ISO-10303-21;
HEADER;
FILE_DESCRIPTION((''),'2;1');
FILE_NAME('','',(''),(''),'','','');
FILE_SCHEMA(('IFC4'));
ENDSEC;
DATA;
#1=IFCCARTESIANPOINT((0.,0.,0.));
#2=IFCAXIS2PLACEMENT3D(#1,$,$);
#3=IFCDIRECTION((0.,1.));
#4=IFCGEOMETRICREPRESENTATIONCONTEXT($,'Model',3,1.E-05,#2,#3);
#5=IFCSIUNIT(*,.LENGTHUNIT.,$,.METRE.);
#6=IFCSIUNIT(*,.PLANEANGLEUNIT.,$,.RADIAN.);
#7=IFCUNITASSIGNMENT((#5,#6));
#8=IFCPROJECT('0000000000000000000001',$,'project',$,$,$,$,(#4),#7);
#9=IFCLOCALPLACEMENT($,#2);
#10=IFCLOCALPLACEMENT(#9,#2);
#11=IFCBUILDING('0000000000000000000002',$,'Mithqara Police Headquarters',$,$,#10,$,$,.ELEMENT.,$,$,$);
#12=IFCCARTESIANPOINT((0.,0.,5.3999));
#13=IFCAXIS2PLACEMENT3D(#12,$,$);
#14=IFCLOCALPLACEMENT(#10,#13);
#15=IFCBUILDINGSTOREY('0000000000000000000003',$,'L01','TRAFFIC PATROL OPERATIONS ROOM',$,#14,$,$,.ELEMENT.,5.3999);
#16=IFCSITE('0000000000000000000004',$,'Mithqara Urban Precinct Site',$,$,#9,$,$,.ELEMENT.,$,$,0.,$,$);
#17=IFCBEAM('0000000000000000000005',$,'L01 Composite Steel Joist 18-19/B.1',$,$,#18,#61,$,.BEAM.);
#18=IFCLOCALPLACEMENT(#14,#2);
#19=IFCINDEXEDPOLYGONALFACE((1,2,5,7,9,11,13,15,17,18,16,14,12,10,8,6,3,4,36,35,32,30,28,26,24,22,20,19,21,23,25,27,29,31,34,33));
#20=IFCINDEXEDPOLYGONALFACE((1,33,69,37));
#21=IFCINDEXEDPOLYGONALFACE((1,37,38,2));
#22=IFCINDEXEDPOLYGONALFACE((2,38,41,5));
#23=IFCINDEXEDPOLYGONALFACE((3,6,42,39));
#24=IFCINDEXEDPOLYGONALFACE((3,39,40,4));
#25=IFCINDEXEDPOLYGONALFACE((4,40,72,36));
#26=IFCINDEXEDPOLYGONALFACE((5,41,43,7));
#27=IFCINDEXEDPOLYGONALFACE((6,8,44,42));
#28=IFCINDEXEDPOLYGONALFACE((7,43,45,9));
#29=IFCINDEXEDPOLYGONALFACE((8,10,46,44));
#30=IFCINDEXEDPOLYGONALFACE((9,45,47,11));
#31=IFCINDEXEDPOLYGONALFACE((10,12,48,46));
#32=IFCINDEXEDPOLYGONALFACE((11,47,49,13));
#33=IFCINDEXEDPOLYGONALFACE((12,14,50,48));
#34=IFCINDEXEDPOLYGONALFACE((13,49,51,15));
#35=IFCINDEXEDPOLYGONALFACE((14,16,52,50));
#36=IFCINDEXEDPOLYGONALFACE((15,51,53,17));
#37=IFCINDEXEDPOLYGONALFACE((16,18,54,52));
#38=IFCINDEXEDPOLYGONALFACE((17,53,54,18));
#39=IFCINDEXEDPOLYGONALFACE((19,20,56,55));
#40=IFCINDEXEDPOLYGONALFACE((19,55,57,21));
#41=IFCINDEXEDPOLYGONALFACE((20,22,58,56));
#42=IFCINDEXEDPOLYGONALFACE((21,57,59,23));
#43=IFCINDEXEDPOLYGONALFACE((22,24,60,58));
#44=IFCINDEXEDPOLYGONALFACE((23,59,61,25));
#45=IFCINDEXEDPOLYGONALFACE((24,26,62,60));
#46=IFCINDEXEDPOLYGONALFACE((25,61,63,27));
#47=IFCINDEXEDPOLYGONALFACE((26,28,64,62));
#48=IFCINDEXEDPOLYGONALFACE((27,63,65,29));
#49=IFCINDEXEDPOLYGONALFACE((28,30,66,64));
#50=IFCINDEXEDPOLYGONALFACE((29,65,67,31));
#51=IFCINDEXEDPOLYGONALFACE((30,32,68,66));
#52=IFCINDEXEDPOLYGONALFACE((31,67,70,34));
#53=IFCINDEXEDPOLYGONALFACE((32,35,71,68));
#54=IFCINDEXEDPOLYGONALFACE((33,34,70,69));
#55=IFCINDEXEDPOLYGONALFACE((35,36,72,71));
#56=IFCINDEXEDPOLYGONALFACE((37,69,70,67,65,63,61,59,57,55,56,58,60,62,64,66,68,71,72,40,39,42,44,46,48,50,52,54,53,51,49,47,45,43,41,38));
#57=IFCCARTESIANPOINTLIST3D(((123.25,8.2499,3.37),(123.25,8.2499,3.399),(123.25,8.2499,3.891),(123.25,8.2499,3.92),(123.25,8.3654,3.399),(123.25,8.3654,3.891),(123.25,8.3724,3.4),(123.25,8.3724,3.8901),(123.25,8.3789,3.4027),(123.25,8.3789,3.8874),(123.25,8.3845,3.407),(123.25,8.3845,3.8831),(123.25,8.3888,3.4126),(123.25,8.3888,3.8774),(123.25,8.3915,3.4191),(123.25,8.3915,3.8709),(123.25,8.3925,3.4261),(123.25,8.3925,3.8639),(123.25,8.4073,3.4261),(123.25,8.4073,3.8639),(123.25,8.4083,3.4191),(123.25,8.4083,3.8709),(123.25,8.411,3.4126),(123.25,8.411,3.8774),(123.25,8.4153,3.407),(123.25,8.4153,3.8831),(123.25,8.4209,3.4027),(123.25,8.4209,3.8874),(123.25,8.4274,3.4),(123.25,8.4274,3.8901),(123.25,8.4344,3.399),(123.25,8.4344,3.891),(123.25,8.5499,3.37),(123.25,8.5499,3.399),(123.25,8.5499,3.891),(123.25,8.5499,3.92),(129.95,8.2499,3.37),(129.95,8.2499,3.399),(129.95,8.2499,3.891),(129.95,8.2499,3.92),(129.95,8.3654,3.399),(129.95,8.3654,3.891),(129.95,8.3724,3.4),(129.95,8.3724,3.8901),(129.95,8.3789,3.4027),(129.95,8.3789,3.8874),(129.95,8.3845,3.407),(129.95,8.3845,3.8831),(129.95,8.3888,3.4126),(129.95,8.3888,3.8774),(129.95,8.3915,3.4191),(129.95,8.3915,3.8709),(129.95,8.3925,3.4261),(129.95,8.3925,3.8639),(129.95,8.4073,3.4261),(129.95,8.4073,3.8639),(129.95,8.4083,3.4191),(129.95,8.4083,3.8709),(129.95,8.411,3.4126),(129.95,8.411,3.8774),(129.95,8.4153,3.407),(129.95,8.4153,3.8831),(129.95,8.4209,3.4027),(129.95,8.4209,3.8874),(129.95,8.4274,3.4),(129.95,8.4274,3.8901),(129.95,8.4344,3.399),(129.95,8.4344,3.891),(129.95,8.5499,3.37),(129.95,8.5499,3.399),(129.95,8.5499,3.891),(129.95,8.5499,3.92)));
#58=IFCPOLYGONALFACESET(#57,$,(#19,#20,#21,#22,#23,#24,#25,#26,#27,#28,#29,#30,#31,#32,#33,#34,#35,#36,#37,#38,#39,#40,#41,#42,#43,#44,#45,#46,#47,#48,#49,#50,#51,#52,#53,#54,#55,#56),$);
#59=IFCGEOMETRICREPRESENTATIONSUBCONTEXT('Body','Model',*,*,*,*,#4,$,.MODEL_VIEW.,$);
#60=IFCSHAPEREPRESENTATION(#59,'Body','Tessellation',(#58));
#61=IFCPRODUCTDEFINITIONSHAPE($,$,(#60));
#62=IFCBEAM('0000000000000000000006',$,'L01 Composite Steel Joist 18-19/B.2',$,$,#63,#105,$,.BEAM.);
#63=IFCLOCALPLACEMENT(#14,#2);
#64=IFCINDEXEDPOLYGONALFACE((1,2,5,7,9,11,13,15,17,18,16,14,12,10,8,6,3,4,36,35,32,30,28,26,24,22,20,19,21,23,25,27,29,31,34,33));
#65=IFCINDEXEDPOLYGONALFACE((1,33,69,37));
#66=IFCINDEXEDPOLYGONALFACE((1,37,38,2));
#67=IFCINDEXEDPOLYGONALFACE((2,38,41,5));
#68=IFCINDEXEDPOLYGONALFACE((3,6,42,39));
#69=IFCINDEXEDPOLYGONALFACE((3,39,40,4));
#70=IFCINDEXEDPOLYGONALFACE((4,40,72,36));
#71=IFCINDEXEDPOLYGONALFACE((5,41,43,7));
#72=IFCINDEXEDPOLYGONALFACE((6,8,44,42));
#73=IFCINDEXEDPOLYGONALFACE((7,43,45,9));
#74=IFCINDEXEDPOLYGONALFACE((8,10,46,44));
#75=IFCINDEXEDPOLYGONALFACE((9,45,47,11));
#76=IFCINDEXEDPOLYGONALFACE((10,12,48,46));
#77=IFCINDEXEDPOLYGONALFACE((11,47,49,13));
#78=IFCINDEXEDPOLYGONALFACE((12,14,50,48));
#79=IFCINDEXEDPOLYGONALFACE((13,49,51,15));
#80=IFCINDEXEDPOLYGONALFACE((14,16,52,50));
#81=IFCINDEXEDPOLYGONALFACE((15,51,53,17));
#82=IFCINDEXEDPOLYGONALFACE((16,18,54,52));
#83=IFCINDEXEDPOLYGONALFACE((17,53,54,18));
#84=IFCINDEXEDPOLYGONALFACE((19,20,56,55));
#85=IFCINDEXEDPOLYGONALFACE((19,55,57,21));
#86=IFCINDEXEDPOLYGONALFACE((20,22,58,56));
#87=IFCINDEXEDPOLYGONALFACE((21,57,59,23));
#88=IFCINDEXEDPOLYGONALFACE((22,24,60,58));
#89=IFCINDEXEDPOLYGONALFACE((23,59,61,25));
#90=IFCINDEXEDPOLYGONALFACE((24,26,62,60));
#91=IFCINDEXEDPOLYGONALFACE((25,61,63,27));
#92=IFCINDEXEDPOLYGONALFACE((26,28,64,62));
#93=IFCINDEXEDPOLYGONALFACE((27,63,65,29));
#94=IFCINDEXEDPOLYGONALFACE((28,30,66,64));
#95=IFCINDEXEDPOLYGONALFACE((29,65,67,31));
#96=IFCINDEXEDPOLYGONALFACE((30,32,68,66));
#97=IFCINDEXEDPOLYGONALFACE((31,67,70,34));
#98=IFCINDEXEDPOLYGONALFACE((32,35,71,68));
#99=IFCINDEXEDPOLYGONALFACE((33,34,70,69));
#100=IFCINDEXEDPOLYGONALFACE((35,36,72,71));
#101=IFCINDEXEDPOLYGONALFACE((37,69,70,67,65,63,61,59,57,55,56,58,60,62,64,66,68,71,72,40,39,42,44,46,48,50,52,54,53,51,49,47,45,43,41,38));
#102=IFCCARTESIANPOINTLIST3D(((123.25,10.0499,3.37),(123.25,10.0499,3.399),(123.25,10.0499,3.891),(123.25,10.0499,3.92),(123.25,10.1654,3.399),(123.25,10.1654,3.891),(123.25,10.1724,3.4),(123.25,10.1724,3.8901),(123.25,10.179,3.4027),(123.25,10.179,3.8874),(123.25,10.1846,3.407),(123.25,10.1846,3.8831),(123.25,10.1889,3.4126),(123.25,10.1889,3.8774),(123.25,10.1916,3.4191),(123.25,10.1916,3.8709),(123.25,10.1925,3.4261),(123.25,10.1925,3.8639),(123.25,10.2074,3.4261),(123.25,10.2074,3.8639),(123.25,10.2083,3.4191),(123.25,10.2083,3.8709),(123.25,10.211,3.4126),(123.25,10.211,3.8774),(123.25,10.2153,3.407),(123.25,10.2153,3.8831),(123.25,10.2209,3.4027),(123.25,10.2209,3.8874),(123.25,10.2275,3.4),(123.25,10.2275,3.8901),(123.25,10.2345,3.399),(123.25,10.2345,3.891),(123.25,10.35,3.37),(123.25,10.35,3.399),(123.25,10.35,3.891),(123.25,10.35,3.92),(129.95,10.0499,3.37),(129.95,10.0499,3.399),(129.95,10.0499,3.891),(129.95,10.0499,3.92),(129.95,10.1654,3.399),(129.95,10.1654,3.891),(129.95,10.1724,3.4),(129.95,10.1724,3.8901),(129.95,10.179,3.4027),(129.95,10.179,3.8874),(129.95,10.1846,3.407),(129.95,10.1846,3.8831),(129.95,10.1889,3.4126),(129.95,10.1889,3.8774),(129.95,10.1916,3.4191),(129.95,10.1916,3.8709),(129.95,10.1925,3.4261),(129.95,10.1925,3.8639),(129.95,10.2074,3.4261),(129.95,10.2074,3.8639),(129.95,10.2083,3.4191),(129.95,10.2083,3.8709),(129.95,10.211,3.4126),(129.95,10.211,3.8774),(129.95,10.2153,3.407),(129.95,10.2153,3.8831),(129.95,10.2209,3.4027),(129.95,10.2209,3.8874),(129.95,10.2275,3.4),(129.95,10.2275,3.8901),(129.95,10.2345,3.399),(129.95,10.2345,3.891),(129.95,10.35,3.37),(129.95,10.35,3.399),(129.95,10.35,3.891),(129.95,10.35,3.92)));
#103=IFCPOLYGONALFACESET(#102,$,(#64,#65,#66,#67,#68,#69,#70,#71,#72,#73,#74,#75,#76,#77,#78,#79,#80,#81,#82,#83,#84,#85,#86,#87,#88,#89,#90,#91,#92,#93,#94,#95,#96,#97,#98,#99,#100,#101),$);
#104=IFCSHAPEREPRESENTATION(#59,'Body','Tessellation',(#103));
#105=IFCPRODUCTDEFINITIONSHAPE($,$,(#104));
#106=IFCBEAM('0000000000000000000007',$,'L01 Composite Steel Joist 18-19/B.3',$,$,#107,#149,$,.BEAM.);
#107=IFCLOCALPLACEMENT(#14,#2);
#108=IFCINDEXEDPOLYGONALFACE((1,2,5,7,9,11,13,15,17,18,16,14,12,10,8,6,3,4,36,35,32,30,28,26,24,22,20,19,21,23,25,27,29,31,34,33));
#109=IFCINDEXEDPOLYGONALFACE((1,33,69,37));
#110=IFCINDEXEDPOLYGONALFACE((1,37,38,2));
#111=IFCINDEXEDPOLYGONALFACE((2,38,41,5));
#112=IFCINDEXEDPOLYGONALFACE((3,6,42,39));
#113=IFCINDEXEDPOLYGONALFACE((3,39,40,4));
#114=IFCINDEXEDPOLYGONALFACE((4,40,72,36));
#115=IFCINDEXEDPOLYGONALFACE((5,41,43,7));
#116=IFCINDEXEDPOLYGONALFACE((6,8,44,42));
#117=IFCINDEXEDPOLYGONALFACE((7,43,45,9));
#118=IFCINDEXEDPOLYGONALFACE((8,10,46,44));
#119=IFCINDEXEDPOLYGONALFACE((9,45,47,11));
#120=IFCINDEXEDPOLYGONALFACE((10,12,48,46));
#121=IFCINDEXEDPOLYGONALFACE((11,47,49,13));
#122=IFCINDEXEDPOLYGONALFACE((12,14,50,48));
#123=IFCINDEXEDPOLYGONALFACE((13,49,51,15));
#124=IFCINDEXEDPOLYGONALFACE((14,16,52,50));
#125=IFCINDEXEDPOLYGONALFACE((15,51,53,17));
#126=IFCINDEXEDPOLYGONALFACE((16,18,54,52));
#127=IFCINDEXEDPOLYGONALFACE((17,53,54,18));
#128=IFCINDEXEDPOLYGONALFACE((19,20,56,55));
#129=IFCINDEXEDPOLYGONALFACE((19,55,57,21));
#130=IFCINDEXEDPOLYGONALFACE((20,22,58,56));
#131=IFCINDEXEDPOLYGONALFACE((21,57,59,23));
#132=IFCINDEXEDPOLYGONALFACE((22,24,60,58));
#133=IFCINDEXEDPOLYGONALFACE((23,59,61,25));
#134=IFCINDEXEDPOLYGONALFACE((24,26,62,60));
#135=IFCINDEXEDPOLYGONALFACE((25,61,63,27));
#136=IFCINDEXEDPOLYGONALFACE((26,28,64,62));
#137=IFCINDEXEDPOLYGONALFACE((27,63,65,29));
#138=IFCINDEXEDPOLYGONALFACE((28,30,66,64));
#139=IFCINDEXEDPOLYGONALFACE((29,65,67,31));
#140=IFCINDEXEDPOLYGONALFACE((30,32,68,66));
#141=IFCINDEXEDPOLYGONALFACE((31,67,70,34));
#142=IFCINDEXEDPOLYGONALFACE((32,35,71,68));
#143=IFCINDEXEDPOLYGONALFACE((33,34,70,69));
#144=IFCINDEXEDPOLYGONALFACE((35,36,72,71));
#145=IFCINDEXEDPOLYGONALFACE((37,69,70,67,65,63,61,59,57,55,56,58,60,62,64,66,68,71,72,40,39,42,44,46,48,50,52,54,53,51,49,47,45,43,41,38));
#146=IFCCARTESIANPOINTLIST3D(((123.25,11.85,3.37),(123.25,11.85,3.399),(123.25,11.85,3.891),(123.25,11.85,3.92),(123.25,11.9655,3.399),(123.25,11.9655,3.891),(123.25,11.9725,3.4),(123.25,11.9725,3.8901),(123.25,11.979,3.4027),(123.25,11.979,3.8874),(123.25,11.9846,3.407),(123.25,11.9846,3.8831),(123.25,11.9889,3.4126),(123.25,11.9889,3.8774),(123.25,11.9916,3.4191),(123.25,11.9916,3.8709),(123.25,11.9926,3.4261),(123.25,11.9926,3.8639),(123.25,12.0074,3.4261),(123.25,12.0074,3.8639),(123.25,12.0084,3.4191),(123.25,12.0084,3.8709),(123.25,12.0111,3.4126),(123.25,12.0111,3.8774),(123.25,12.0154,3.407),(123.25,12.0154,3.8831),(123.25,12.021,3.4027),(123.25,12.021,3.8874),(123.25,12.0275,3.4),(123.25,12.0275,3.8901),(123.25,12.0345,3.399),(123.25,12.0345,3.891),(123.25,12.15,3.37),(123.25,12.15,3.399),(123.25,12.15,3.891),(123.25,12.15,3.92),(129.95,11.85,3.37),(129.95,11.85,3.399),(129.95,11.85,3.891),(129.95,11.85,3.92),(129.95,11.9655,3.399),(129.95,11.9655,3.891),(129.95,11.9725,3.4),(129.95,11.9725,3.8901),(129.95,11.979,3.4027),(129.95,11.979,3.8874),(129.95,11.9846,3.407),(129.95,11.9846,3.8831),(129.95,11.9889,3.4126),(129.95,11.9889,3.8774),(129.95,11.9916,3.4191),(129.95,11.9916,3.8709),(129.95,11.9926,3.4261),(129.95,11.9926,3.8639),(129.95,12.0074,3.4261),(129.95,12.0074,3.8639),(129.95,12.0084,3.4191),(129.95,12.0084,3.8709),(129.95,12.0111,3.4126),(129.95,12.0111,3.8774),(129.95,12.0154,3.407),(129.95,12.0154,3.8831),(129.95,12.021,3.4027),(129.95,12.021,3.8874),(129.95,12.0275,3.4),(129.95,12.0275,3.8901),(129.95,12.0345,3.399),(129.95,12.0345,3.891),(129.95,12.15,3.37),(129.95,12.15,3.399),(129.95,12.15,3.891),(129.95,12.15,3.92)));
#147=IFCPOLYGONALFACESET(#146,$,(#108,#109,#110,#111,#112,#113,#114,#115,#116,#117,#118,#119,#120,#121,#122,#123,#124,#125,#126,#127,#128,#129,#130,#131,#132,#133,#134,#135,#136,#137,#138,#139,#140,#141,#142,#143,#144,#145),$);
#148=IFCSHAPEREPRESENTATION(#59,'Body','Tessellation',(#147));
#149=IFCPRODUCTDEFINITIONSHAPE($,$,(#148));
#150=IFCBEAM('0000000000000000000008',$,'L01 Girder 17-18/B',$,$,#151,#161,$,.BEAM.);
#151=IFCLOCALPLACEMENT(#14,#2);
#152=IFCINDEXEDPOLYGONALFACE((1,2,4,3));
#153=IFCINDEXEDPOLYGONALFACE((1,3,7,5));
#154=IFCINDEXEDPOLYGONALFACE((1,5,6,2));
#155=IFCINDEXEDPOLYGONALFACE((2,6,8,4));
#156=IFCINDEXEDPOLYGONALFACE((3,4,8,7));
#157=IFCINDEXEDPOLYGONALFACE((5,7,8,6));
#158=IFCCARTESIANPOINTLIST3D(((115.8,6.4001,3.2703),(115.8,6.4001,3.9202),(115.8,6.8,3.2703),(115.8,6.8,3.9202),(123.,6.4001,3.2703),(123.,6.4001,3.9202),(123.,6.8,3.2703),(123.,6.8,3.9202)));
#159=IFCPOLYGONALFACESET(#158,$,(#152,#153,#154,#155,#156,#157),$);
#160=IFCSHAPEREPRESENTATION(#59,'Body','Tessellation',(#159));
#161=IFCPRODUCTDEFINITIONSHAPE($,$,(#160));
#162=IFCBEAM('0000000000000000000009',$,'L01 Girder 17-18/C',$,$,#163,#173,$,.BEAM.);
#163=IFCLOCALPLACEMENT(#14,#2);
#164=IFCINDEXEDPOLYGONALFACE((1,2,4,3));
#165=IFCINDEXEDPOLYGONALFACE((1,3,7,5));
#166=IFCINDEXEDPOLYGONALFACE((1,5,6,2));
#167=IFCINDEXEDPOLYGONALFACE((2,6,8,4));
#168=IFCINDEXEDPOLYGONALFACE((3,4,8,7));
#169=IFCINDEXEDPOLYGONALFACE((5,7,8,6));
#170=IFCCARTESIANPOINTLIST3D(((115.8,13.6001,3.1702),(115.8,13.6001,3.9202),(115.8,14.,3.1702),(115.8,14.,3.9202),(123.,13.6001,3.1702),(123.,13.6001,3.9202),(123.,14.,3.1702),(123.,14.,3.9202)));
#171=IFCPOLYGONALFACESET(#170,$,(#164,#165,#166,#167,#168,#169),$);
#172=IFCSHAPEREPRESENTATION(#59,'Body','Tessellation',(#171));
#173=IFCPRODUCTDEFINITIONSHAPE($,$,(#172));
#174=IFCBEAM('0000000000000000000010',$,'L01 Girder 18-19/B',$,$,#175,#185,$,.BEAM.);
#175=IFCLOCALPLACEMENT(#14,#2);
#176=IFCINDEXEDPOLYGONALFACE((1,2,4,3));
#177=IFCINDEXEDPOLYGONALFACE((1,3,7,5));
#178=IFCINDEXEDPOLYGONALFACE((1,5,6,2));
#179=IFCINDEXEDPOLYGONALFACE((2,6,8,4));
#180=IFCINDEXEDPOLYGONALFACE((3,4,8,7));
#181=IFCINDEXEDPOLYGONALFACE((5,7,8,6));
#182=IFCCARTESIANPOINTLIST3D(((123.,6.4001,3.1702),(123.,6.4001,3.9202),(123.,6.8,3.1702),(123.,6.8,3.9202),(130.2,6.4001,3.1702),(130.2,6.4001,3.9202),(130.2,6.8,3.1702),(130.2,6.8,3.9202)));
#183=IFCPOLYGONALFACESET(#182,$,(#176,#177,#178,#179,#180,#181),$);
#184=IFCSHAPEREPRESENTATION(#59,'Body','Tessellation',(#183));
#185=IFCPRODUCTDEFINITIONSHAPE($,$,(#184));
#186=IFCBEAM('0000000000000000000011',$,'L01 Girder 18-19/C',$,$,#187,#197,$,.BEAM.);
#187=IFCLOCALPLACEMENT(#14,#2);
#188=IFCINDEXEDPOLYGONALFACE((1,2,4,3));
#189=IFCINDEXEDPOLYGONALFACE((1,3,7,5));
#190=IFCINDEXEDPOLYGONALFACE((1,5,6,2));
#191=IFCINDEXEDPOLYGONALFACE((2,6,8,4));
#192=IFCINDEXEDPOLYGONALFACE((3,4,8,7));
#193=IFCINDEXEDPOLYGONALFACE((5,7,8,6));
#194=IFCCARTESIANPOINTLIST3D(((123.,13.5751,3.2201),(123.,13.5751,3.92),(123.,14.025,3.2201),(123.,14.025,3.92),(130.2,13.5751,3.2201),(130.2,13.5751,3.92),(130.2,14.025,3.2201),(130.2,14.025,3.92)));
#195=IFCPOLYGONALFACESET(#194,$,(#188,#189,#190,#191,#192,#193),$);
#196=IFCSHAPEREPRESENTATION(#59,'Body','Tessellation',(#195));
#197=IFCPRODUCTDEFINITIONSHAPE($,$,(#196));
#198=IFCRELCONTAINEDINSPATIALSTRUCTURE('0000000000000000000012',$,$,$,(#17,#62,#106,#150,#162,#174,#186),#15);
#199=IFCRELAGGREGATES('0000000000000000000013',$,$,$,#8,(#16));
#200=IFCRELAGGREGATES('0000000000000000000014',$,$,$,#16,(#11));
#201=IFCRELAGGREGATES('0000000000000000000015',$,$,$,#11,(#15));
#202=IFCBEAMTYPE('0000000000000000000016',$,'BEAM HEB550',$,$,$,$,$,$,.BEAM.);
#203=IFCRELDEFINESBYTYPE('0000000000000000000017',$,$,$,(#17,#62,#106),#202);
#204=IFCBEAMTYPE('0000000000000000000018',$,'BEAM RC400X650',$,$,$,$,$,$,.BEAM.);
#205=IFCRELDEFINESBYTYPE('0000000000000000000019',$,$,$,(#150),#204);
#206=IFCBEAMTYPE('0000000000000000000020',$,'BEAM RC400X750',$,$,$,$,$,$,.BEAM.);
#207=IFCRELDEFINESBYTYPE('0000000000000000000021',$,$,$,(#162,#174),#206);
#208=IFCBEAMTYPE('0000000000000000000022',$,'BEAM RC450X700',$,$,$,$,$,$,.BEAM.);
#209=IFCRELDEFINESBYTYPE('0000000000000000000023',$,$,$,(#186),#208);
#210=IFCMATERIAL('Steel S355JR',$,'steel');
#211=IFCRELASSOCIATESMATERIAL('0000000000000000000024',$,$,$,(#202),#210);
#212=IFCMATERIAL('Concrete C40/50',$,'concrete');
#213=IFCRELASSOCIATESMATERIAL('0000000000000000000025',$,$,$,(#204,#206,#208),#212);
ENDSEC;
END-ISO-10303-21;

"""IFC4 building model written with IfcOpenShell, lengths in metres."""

from ifc_helpers import new_model, si_unit, direction, frame, origin, origin_2d, place, context, subcontext, project, spatial, rectangle, i_section, extrude, material, material_profile, profile_set, type_object, element, save


model = new_model("IFC4")

# Units and contexts
model_context = context("Model", 3, precision=1e-05, world=origin(), true_north=direction((0.0, 1.0)))
body_context = subcontext(model_context, "Body", "Model", "MODEL_VIEW")
ifc_project = project(units=[si_unit("LENGTHUNIT", "METRE"), si_unit("PLANEANGLEUNIT", "RADIAN")], contexts=[model_context])

# Site, building, storey
site_placement = place(None, origin())
site = spatial("IfcSite", under=ifc_project, at=site_placement, Name="Mithqara Urban Precinct Site", CompositionType="ELEMENT", RefElevation=0.0)
building_placement = place(site_placement, origin())
building = spatial("IfcBuilding", under=site, at=building_placement, Name="Mithqara Police Headquarters", CompositionType="ELEMENT")
storey_placement = place(building_placement, frame((0.0, 0.0, 5.3999)))
storey = spatial("IfcBuildingStorey", under=building, at=storey_placement, Name="L01", Description="TRAFFIC PATROL OPERATIONS ROOM", CompositionType="ELEMENT", Elevation=5.3999)

# Beams
ifc_material_1 = material(Name="Steel S355JR", Category="steel")
ifc_material_profile_1 = material_profile(ifc_material_1, i_section(OverallWidth=0.3, OverallDepth=0.55, WebThickness=0.0149, FlangeThickness=0.0291, FilletRadius=0.0271, at=origin_2d()), Name="HEB 550")
ifc_profile_set_1 = profile_set([ifc_material_profile_1], Name="Steel S355JR")
beam_type_1 = type_object("IfcBeamType", Name="BEAM HEB550", PredefinedType="BEAM", material=ifc_profile_set_1)
for number, where, z_axis, x_axis, name in (
    (1, (123.25, 8.3999, 3.645), (1.0, 0.0, 0.0), (0.0, 1.0, 0.0), "L01 Composite Steel Joist 18-19/B.1"),
    (2, (123.25, 10.2, 3.645), (1.0, 0.0, 0.0), (0.0, 1.0, 0.0), "L01 Composite Steel Joist 18-19/B.2"),
    (3, (123.25, 12.0, 3.645), (1.0, 0.0, 0.0), (0.0, 1.0, 0.0), "L01 Composite Steel Joist 18-19/B.3"),
):
    element("IfcBeam", number, at=place(storey_placement, frame(where, z_axis=z_axis, x_axis=x_axis)), inside=storey, type_object=beam_type_1, Name=name, PredefinedType="BEAM", context=body_context, shape_type="SweptSolid", body=[
        extrude(i_section(OverallWidth=0.3, OverallDepth=0.55, WebThickness=0.0149, FlangeThickness=0.0291, FilletRadius=0.0271, at=origin_2d()), origin(), (0.0, 0.0, 1.0), 6.7),
    ])
ifc_material_2 = material(Name="Concrete C40/50", Category="concrete")
ifc_material_profile_2 = material_profile(ifc_material_2, rectangle(XDim=0.3999, YDim=0.6499, at=origin_2d()), Name="RC 400x650")
ifc_profile_set_2 = profile_set([ifc_material_profile_2], Name="Concrete C40/50")
beam_type_2 = type_object("IfcBeamType", Name="BEAM RC400X650", PredefinedType="BEAM", material=ifc_profile_set_2)
beam_1_placement = place(storey_placement, frame((115.8, 6.6001, 3.5952), z_axis=(1.0, 0.0, 0.0), x_axis=(0.0, 1.0, 0.0)))
element("IfcBeam", 4, at=beam_1_placement, inside=storey, type_object=beam_type_2, Name="L01 Girder 17-18/B", PredefinedType="BEAM", context=body_context, shape_type="SweptSolid", body=[
    extrude(rectangle(XDim=0.3999, YDim=0.6499, at=origin_2d()), origin(), (0.0, 0.0, 1.0), 7.2),
])
ifc_material_profile_3 = material_profile(ifc_material_2, rectangle(XDim=0.3999, YDim=0.75, at=origin_2d()), Name="RC 400x750")
ifc_profile_set_3 = profile_set([ifc_material_profile_3], Name="Concrete C40/50")
beam_type_3 = type_object("IfcBeamType", Name="BEAM RC400X750", PredefinedType="BEAM", material=ifc_profile_set_3)
for number, where, z_axis, x_axis, name in (
    (5, (115.8, 13.8, 3.5452), (1.0, 0.0, 0.0), (0.0, 1.0, 0.0), "L01 Girder 17-18/C"),
    (6, (123.0, 6.6001, 3.5452), (1.0, 0.0, 0.0), (0.0, 1.0, 0.0), "L01 Girder 18-19/B"),
):
    element("IfcBeam", number, at=place(storey_placement, frame(where, z_axis=z_axis, x_axis=x_axis)), inside=storey, type_object=beam_type_3, Name=name, PredefinedType="BEAM", context=body_context, shape_type="SweptSolid", body=[
        extrude(rectangle(XDim=0.3999, YDim=0.75, at=origin_2d()), origin(), (0.0, 0.0, 1.0), 7.2),
    ])
ifc_material_profile_4 = material_profile(ifc_material_2, rectangle(XDim=0.45, YDim=0.7, at=origin_2d()), Name="RC 450x700")
ifc_profile_set_4 = profile_set([ifc_material_profile_4], Name="Concrete C40/50")
beam_type_4 = type_object("IfcBeamType", Name="BEAM RC450X700", PredefinedType="BEAM", material=ifc_profile_set_4)
beam_2_placement = place(storey_placement, frame((123.0, 13.8, 3.5701), z_axis=(1.0, 0.0, 0.0), x_axis=(0.0, 1.0, 0.0)))
element("IfcBeam", 7, at=beam_2_placement, inside=storey, type_object=beam_type_4, Name="L01 Girder 18-19/C", PredefinedType="BEAM", context=body_context, shape_type="SweptSolid", body=[
    extrude(rectangle(XDim=0.45, YDim=0.7, at=origin_2d()), origin(), (0.0, 0.0, 1.0), 7.2),
])

save(model, "model.ifc")
